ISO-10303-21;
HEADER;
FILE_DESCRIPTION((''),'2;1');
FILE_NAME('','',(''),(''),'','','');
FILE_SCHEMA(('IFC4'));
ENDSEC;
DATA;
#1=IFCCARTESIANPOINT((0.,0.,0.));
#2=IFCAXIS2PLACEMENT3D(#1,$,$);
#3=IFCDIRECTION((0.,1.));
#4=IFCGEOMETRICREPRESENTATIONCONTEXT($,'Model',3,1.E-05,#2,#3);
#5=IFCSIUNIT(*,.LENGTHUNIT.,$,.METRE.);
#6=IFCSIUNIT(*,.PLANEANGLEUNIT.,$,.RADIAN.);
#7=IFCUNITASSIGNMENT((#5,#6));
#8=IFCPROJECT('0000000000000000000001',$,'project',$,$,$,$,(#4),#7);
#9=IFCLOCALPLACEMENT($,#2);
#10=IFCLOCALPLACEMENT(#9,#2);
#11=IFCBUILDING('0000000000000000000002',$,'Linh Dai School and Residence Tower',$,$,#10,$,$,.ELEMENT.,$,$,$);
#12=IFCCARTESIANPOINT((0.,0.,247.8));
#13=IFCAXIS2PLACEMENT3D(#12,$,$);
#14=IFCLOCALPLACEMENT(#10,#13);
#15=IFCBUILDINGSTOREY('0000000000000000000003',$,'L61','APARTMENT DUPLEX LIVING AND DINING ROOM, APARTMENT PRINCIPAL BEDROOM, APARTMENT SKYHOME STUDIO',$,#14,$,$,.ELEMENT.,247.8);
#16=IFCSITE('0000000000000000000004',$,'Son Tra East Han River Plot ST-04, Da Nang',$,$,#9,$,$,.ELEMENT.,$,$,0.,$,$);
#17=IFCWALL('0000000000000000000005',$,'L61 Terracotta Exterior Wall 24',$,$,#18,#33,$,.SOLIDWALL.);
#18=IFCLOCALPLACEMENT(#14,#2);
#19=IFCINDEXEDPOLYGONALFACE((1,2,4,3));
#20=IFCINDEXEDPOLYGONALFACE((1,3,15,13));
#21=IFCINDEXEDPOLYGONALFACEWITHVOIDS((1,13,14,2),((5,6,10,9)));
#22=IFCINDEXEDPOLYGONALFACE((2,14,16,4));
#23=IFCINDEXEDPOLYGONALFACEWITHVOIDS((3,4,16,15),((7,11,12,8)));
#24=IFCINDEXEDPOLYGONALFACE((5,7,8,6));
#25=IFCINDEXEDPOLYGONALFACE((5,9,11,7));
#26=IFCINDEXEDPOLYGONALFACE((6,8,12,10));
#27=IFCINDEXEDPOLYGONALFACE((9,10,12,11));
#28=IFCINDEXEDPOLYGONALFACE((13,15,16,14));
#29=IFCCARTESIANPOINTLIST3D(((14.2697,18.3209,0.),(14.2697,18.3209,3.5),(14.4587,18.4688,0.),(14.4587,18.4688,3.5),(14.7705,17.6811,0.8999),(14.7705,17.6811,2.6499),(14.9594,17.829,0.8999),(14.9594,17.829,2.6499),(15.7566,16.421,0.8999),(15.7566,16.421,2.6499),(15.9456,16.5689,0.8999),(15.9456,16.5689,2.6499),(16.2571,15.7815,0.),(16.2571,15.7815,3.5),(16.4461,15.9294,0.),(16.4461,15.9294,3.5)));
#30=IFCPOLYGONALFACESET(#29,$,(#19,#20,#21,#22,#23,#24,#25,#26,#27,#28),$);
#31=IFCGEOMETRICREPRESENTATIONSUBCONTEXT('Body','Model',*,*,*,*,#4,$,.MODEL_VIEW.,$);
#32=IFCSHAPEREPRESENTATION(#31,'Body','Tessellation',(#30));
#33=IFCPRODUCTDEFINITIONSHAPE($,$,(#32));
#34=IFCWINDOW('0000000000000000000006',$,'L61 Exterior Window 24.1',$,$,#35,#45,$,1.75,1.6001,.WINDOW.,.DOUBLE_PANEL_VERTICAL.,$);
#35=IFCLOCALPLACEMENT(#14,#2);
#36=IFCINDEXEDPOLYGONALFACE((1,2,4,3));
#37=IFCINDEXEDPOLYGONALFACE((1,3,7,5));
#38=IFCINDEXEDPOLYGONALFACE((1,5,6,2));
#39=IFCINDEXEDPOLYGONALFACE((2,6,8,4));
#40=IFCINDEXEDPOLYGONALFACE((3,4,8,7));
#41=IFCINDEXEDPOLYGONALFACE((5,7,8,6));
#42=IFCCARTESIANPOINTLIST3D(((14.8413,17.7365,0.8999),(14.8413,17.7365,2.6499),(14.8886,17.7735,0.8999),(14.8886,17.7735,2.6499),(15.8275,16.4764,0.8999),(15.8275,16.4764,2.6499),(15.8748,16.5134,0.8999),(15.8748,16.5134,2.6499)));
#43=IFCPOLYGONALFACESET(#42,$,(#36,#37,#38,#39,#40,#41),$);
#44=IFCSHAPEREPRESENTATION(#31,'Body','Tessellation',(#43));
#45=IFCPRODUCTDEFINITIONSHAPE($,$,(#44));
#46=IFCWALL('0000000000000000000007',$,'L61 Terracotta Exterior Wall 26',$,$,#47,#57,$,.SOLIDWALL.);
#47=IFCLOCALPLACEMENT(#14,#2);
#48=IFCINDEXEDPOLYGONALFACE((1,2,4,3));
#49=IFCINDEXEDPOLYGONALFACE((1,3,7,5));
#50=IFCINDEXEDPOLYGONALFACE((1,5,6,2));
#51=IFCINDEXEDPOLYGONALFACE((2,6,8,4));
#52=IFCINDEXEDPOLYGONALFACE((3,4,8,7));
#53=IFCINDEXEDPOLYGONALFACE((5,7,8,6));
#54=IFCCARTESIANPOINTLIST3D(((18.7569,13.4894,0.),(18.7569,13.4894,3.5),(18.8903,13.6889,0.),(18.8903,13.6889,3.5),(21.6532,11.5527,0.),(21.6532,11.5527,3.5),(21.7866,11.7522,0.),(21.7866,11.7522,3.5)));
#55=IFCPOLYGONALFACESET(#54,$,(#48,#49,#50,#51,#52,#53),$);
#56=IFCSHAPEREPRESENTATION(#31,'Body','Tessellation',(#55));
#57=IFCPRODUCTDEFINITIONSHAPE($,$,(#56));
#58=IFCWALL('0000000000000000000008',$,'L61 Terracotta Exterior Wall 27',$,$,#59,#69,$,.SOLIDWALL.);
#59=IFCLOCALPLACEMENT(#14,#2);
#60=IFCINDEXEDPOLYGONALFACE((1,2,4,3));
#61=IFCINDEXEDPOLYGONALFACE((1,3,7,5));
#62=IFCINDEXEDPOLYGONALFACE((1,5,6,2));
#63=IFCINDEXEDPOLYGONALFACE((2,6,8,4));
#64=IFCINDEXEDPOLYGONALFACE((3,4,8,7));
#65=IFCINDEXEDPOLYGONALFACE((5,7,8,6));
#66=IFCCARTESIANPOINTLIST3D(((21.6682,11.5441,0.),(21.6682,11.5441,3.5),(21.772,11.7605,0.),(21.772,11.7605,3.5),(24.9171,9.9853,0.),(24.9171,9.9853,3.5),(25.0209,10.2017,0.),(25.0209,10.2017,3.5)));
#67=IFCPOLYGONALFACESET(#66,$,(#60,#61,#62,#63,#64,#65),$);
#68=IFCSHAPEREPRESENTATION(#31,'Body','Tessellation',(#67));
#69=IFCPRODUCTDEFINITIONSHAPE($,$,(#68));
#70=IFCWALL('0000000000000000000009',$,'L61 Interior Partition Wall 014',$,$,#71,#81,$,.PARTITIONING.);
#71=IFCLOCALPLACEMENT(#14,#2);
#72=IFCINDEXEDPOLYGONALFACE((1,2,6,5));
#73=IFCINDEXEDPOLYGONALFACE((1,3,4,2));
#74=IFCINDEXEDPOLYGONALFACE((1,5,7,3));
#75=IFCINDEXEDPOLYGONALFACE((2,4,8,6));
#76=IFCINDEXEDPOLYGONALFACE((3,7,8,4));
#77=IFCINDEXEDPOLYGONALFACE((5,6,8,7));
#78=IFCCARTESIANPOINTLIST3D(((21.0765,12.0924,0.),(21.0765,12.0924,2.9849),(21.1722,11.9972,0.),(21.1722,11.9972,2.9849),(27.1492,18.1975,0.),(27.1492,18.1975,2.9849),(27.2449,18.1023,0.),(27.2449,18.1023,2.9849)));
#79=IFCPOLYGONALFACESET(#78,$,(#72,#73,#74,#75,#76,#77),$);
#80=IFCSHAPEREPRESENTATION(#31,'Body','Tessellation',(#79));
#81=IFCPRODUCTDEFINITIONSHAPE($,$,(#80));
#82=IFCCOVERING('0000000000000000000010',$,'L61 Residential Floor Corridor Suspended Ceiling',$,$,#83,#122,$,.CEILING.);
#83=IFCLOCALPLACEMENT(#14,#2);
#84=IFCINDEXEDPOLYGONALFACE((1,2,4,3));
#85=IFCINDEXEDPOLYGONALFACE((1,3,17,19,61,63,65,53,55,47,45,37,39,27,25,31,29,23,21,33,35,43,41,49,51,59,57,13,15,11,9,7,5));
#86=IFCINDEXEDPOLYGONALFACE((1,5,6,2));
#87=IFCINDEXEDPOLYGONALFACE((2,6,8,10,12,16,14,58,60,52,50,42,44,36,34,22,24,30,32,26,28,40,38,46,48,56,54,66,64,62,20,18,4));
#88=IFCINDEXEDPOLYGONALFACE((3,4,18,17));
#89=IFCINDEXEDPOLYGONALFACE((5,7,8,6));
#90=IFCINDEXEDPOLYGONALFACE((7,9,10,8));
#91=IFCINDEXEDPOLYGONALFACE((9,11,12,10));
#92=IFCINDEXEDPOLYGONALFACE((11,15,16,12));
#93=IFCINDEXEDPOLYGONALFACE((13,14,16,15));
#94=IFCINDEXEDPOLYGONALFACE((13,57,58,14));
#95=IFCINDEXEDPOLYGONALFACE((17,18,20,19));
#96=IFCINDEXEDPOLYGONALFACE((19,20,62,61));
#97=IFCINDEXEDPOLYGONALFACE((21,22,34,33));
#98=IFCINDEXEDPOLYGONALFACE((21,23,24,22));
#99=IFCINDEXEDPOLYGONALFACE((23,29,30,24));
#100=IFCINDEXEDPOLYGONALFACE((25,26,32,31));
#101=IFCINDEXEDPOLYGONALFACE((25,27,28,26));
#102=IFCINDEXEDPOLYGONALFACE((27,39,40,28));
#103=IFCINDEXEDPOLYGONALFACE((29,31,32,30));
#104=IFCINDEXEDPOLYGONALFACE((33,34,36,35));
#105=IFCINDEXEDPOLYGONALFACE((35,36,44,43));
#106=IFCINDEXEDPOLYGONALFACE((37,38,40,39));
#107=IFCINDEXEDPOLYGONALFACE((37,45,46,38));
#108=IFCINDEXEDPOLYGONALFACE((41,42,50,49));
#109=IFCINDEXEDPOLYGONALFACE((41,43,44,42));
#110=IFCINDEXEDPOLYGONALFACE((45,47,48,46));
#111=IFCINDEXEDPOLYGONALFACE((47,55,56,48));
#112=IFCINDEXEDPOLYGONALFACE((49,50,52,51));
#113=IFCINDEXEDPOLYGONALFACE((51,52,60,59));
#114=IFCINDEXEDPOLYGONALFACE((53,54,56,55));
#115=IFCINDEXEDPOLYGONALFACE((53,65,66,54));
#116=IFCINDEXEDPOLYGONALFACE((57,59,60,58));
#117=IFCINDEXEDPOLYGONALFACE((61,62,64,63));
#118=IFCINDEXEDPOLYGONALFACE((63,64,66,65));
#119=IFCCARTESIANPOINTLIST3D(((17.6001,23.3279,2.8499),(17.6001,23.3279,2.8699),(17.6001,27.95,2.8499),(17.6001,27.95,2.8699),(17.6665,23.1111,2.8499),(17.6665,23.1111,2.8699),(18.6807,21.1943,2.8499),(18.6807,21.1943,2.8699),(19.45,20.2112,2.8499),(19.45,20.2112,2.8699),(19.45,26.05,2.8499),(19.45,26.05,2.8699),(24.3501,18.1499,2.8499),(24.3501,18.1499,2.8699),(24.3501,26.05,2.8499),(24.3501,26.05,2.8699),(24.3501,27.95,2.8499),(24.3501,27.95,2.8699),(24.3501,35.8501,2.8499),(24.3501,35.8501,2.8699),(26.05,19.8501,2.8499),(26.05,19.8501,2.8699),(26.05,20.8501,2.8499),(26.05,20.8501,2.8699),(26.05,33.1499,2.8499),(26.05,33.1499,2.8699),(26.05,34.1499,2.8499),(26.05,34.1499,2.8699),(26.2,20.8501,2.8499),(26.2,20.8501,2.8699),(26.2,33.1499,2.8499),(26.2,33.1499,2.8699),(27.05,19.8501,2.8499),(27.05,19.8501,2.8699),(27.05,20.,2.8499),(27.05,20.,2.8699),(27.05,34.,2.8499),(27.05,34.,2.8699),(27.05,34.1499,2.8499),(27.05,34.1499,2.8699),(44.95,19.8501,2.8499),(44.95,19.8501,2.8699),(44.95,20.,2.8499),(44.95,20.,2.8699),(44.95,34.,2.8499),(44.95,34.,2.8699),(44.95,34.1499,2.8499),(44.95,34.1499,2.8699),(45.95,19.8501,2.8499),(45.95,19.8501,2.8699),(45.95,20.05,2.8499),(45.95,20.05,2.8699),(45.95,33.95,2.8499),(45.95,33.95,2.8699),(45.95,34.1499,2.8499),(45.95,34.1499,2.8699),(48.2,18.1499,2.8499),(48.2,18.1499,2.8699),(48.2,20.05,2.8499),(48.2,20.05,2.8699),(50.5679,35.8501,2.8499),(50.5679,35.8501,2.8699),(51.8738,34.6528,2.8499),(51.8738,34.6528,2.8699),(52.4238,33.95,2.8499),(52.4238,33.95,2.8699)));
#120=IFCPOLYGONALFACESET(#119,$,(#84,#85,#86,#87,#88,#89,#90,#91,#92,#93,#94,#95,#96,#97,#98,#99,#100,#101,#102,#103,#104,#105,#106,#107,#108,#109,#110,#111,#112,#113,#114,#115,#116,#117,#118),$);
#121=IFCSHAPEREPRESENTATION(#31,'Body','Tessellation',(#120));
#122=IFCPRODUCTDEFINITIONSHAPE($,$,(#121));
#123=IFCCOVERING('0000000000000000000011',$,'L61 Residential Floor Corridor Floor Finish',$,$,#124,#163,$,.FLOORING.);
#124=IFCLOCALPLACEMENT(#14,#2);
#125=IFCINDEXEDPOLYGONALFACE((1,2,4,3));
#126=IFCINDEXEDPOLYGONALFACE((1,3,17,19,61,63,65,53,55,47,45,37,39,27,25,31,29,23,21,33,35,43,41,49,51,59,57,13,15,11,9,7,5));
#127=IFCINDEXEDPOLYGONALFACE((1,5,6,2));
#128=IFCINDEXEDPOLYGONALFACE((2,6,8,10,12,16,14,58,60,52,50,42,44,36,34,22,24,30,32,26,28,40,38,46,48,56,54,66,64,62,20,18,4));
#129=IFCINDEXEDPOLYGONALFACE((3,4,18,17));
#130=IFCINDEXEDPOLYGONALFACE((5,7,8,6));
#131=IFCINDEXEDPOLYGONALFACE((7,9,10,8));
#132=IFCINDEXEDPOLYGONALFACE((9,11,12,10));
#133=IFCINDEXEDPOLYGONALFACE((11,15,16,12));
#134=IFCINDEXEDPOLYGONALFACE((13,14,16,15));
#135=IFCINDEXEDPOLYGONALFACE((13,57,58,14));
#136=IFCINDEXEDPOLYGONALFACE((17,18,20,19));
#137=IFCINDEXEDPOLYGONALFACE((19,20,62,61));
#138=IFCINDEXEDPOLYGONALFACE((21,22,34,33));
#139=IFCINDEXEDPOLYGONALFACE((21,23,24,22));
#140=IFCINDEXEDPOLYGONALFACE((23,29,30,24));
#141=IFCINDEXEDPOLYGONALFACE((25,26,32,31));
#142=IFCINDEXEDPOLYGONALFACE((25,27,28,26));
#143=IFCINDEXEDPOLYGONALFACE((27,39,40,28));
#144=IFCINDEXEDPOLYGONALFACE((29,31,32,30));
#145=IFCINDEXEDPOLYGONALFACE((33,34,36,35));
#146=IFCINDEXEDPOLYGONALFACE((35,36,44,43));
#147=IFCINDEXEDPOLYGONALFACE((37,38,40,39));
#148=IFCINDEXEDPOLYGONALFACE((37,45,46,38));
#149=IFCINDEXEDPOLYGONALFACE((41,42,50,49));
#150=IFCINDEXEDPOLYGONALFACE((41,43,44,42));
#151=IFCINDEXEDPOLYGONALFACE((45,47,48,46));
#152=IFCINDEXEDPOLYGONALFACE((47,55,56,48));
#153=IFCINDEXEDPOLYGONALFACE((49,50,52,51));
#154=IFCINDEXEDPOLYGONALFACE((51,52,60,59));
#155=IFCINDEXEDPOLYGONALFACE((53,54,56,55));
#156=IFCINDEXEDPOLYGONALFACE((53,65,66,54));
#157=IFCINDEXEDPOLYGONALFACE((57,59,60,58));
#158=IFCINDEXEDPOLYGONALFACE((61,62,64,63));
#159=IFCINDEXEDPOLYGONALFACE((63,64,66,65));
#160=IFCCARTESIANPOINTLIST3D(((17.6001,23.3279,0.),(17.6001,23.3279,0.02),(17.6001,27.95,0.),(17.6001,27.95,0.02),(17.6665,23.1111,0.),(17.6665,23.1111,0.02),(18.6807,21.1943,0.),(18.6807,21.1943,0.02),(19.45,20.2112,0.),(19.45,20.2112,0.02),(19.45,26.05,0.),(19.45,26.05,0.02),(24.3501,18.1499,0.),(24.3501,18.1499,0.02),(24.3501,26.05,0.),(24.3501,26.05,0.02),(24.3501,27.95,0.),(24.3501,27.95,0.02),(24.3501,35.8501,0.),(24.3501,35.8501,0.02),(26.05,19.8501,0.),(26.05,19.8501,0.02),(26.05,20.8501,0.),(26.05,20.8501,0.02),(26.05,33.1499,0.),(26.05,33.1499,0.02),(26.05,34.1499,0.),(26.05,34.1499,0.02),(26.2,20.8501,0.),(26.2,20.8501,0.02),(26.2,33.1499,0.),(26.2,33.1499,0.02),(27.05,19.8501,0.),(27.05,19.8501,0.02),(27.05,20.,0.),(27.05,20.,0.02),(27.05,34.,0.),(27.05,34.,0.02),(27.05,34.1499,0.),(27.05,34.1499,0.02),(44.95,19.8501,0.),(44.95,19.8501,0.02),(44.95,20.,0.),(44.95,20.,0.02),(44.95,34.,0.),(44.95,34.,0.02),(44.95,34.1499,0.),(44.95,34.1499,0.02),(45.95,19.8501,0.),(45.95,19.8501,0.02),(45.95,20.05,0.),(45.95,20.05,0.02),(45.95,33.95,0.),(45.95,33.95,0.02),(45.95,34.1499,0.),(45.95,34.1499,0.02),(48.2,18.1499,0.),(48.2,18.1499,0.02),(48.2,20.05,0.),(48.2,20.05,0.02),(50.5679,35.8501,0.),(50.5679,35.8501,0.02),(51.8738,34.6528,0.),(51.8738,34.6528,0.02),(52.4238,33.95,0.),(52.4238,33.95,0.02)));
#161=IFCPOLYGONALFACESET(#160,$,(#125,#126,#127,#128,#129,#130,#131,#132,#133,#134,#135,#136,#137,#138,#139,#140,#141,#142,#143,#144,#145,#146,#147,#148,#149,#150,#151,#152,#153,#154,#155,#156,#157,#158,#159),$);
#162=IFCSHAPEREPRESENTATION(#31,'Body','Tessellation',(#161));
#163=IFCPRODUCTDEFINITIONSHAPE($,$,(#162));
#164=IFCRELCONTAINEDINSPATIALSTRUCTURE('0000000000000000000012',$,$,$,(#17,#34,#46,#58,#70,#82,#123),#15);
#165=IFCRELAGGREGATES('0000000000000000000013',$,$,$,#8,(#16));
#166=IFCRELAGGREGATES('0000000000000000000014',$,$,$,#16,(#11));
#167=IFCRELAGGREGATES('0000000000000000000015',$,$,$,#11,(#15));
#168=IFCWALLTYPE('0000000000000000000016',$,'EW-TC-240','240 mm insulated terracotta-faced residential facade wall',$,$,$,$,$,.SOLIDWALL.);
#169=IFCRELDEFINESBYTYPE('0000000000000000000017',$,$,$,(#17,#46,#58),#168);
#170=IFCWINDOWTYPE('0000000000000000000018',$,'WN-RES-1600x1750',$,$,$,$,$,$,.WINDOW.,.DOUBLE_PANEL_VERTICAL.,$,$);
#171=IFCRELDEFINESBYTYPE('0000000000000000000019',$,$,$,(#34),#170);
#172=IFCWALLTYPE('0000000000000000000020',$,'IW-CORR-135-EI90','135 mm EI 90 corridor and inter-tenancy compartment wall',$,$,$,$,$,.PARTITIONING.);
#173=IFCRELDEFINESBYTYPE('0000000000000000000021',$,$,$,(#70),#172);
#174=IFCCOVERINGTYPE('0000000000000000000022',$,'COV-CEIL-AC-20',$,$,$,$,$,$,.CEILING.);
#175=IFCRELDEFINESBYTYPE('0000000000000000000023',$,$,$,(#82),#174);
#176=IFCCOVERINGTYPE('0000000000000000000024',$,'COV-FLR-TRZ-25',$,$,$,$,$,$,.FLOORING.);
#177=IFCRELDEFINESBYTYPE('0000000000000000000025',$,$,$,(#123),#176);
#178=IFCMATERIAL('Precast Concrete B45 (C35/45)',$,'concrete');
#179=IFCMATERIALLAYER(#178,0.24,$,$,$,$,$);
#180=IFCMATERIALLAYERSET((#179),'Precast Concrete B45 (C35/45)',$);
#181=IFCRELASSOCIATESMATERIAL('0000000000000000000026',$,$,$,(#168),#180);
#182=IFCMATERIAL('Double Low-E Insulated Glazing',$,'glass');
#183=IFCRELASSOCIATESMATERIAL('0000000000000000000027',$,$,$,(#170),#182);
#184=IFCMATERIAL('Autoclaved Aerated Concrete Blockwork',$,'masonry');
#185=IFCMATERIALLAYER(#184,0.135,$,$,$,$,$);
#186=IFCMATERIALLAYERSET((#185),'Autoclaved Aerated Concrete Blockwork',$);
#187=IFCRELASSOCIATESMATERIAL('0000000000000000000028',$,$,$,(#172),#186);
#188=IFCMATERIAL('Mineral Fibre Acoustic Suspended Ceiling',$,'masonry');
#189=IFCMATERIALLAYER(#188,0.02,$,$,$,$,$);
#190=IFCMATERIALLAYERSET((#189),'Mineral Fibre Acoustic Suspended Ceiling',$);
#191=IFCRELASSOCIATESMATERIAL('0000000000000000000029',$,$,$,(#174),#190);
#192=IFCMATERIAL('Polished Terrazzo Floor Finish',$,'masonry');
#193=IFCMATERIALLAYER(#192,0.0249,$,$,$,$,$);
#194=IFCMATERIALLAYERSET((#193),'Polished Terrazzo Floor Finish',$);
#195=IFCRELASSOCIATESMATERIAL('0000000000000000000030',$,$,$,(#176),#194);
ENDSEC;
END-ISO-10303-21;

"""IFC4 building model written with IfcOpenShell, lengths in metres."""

from ifc_helpers import new_model, si_unit, direction, frame, frame_2d, origin, origin_2d, place, context, subcontext, project, spatial, polyline, rectangle, outline, extrude, source, transform, mapped, material, layer, layer_set, type_object, element, fill, save


model = new_model("IFC4")

# Units and contexts
model_context = context("Model", 3, precision=1e-05, world=origin(), true_north=direction((0.0, 1.0)))
body_context = subcontext(model_context, "Body", "Model", "MODEL_VIEW")
ifc_project = project(units=[si_unit("LENGTHUNIT", "METRE"), si_unit("PLANEANGLEUNIT", "RADIAN")], contexts=[model_context])

# Site, building, storey
site_placement = place(None, origin())
site = spatial("IfcSite", under=ifc_project, at=site_placement, Name="Son Tra East Han River Plot ST-04, Da Nang", CompositionType="ELEMENT", RefElevation=0.0)
building_placement = place(site_placement, origin())
building = spatial("IfcBuilding", under=site, at=building_placement, Name="Linh Dai School and Residence Tower", CompositionType="ELEMENT")
storey_placement = place(building_placement, frame((0.0, 0.0, 247.8)))
storey = spatial("IfcBuildingStorey", under=building, at=storey_placement, Name="L61", Description="APARTMENT DUPLEX LIVING AND DINING ROOM, APARTMENT PRINCIPAL BEDROOM, APARTMENT SKYHOME STUDIO", CompositionType="ELEMENT", Elevation=247.8)

# Shared definitions
ifc_material_1 = material(Name="Precast Concrete B45 (C35/45)", Category="concrete")

# Wall, opening, window
ifc_layer_1 = layer(ifc_material_1, 0.24)
ifc_layer_set_1 = layer_set([ifc_layer_1], Name="Precast Concrete B45 (C35/45)")
wall_type_1 = type_object("IfcWallType", Name="EW-TC-240", Description="240 mm insulated terracotta-faced residential facade wall", PredefinedType="SOLIDWALL", material=ifc_layer_set_1)
wall_1_placement = place(storey_placement, frame((16.3516, 15.8555, 0.0), z_axis=(0.0, 0.0, 1.0), x_axis=(-0.616312, 0.787502, 0.0)))
wall_1 = element("IfcWall", 1, at=wall_1_placement, inside=storey, type_object=wall_type_1, Name="L61 Terracotta Exterior Wall 24", PredefinedType="SOLIDWALL", context=body_context, shape_type="SweptSolid", body=[
    extrude(rectangle(XDim=3.2246, YDim=0.24, at=frame_2d((1.6123, 0.0))), origin(), (0.0, 0.0, 1.0), 3.5),
])
opening_1_placement = place(wall_1_placement, frame((0.812, 0.0, 0.8999)))
opening_1 = element("IfcOpeningElement", 2, at=opening_1_placement, cuts=wall_1, PredefinedType="OPENING", context=body_context, shape_type="SweptSolid", body=[
    extrude(rectangle(XDim=1.6001, YDim=1.75, at=origin_2d()), frame((0.8, 0.1299, 0.875), z_axis=(0.0, -1.0, 0.0), x_axis=(1.0, 0.0, 0.0)), (0.0, 0.0, 1.0), 0.26),
])
ifc_material_2 = material(Name="Double Low-E Insulated Glazing", Category="glass")
window_type = type_object("IfcWindowType", Name="WN-RES-1600x1750", PartitioningType="DOUBLE_PANEL_VERTICAL", PredefinedType="WINDOW", material=ifc_material_2)
shared_shape_1 = source(origin(), body_context, "Body", "SweptSolid", [
    extrude(rectangle(XDim=1.6001, YDim=1.75, at=origin_2d()), frame((0.8, 0.03, 0.875), z_axis=(0.0, -1.0, 0.0), x_axis=(1.0, 0.0, 0.0)), (0.0, 0.0, 1.0), 0.0601),
])
window_placement = place(opening_1_placement, origin())
window = element("IfcWindow", 3, at=window_placement, inside=storey, type_object=window_type, Name="L61 Exterior Window 24.1", OverallHeight=1.75, OverallWidth=1.6001, PartitioningType="DOUBLE_PANEL_VERTICAL", PredefinedType="WINDOW", context=body_context, shape_type="MappedRepresentation", body=[
    mapped(shared_shape_1, transform((0.0, 0.0, 0.0), x_axis=(1.0, 0.0, 0.0), y_axis=(0.0, 1.0, 0.0), z_axis=(0.0, 0.0, 1.0), scale=1.0)),
])
fill(opening_1, window)

# Walls
wall_2_placement = place(storey_placement, frame((21.72, 11.6523, 0.0), z_axis=(0.0, 0.0, 1.0), x_axis=(-0.831262, 0.55588, 0.0)))
element("IfcWall", 4, at=wall_2_placement, inside=storey, type_object=wall_type_1, Name="L61 Terracotta Exterior Wall 26", PredefinedType="SOLIDWALL", context=body_context, shape_type="SweptSolid", body=[
    extrude(rectangle(XDim=3.4841, YDim=0.24, at=frame_2d((1.7422, 0.0))), origin(), (0.0, 0.0, 1.0), 3.5),
])
wall_3_placement = place(storey_placement, frame((24.969, 10.0935, 0.0), z_axis=(0.0, 0.0, 1.0), x_axis=(-0.901598, 0.432575, 0.0)))
element("IfcWall", 5, at=wall_3_placement, inside=storey, type_object=wall_type_1, Name="L61 Terracotta Exterior Wall 27", PredefinedType="SOLIDWALL", context=body_context, shape_type="SweptSolid", body=[
    extrude(rectangle(XDim=3.6035, YDim=0.24, at=frame_2d((1.8018, 0.0))), origin(), (0.0, 0.0, 1.0), 3.5),
])
ifc_material_3 = material(Name="Autoclaved Aerated Concrete Blockwork", Category="masonry")
ifc_layer_2 = layer(ifc_material_3, 0.135)
ifc_layer_set_2 = layer_set([ifc_layer_2], Name="Autoclaved Aerated Concrete Blockwork")
wall_type_2 = type_object("IfcWallType", Name="IW-CORR-135-EI90", Description="135 mm EI 90 corridor and inter-tenancy compartment wall", PredefinedType="PARTITIONING", material=ifc_layer_set_2)
wall_4_placement = place(storey_placement, frame((21.1243, 12.0447, 0.0), z_axis=(0.0, 0.0, 1.0), x_axis=(0.705219, 0.70899, 0.0)))
element("IfcWall", 6, at=wall_4_placement, inside=storey, type_object=wall_type_2, Name="L61 Interior Partition Wall 014", PredefinedType="PARTITIONING", context=body_context, shape_type="SweptSolid", body=[
    extrude(rectangle(XDim=8.6111, YDim=0.135, at=frame_2d((4.3057, 0.0))), origin(), (0.0, 0.0, 1.0), 2.9849),
])

# Coverings
ifc_material_4 = material(Name="Mineral Fibre Acoustic Suspended Ceiling", Category="masonry")
ifc_layer_3 = layer(ifc_material_4, 0.02)
ifc_layer_set_3 = layer_set([ifc_layer_3], Name="Mineral Fibre Acoustic Suspended Ceiling")
covering_type_1 = type_object("IfcCoveringType", Name="COV-CEIL-AC-20", PredefinedType="CEILING", material=ifc_layer_set_3)
covering_1_placement = place(storey_placement, frame((0.0, 0.0, 2.8499)))
element("IfcCovering", 7, at=covering_1_placement, inside=storey, type_object=covering_type_1, Name="L61 Residential Floor Corridor Suspended Ceiling", PredefinedType="CEILING", context=body_context, shape_type="SweptSolid", body=[
    extrude(outline(polyline([(19.45, 20.2112), (18.6807, 21.1943), (17.6665, 23.1111), (17.6001, 23.3279), (17.6001, 27.95), (24.3501, 27.95), (24.3501, 35.8501), (50.5679, 35.8501), (51.8738, 34.6528), (52.4238, 33.95), (45.95, 33.95), (45.95, 34.1499), (44.95, 34.1499), (44.95, 34.0), (27.05, 34.0), (27.05, 34.1499), (26.05, 34.1499), (26.05, 33.1499), (26.2, 33.1499), (26.2, 20.8501), (26.05, 20.8501), (26.05, 19.8501), (27.05, 19.8501), (27.05, 20.0), (44.95, 20.0), (44.95, 19.8501), (45.95, 19.8501), (45.95, 20.05), (48.2, 20.05), (48.2, 18.1499), (24.3501, 18.1499), (24.3501, 26.05), (19.45, 26.05), (19.45, 20.2112)])), origin(), (0.0, 0.0, 1.0), 0.02),
])
ifc_material_5 = material(Name="Polished Terrazzo Floor Finish", Category="masonry")
ifc_layer_4 = layer(ifc_material_5, 0.0249)
ifc_layer_set_4 = layer_set([ifc_layer_4], Name="Polished Terrazzo Floor Finish")
covering_type_2 = type_object("IfcCoveringType", Name="COV-FLR-TRZ-25", PredefinedType="FLOORING", material=ifc_layer_set_4)
covering_2_placement = place(storey_placement, origin())
element("IfcCovering", 8, at=covering_2_placement, inside=storey, type_object=covering_type_2, Name="L61 Residential Floor Corridor Floor Finish", PredefinedType="FLOORING", context=body_context, shape_type="SweptSolid", body=[
    extrude(outline(polyline([(19.45, 20.2112), (18.6807, 21.1943), (17.6665, 23.1111), (17.6001, 23.3279), (17.6001, 27.95), (24.3501, 27.95), (24.3501, 35.8501), (50.5679, 35.8501), (51.8738, 34.6528), (52.4238, 33.95), (45.95, 33.95), (45.95, 34.1499), (44.95, 34.1499), (44.95, 34.0), (27.05, 34.0), (27.05, 34.1499), (26.05, 34.1499), (26.05, 33.1499), (26.2, 33.1499), (26.2, 20.8501), (26.05, 20.8501), (26.05, 19.8501), (27.05, 19.8501), (27.05, 20.0), (44.95, 20.0), (44.95, 19.8501), (45.95, 19.8501), (45.95, 20.05), (48.2, 20.05), (48.2, 18.1499), (24.3501, 18.1499), (24.3501, 26.05), (19.45, 26.05), (19.45, 20.2112)])), origin(), (0.0, 0.0, 1.0), 0.02),
])

save(model, "model.ifc")
